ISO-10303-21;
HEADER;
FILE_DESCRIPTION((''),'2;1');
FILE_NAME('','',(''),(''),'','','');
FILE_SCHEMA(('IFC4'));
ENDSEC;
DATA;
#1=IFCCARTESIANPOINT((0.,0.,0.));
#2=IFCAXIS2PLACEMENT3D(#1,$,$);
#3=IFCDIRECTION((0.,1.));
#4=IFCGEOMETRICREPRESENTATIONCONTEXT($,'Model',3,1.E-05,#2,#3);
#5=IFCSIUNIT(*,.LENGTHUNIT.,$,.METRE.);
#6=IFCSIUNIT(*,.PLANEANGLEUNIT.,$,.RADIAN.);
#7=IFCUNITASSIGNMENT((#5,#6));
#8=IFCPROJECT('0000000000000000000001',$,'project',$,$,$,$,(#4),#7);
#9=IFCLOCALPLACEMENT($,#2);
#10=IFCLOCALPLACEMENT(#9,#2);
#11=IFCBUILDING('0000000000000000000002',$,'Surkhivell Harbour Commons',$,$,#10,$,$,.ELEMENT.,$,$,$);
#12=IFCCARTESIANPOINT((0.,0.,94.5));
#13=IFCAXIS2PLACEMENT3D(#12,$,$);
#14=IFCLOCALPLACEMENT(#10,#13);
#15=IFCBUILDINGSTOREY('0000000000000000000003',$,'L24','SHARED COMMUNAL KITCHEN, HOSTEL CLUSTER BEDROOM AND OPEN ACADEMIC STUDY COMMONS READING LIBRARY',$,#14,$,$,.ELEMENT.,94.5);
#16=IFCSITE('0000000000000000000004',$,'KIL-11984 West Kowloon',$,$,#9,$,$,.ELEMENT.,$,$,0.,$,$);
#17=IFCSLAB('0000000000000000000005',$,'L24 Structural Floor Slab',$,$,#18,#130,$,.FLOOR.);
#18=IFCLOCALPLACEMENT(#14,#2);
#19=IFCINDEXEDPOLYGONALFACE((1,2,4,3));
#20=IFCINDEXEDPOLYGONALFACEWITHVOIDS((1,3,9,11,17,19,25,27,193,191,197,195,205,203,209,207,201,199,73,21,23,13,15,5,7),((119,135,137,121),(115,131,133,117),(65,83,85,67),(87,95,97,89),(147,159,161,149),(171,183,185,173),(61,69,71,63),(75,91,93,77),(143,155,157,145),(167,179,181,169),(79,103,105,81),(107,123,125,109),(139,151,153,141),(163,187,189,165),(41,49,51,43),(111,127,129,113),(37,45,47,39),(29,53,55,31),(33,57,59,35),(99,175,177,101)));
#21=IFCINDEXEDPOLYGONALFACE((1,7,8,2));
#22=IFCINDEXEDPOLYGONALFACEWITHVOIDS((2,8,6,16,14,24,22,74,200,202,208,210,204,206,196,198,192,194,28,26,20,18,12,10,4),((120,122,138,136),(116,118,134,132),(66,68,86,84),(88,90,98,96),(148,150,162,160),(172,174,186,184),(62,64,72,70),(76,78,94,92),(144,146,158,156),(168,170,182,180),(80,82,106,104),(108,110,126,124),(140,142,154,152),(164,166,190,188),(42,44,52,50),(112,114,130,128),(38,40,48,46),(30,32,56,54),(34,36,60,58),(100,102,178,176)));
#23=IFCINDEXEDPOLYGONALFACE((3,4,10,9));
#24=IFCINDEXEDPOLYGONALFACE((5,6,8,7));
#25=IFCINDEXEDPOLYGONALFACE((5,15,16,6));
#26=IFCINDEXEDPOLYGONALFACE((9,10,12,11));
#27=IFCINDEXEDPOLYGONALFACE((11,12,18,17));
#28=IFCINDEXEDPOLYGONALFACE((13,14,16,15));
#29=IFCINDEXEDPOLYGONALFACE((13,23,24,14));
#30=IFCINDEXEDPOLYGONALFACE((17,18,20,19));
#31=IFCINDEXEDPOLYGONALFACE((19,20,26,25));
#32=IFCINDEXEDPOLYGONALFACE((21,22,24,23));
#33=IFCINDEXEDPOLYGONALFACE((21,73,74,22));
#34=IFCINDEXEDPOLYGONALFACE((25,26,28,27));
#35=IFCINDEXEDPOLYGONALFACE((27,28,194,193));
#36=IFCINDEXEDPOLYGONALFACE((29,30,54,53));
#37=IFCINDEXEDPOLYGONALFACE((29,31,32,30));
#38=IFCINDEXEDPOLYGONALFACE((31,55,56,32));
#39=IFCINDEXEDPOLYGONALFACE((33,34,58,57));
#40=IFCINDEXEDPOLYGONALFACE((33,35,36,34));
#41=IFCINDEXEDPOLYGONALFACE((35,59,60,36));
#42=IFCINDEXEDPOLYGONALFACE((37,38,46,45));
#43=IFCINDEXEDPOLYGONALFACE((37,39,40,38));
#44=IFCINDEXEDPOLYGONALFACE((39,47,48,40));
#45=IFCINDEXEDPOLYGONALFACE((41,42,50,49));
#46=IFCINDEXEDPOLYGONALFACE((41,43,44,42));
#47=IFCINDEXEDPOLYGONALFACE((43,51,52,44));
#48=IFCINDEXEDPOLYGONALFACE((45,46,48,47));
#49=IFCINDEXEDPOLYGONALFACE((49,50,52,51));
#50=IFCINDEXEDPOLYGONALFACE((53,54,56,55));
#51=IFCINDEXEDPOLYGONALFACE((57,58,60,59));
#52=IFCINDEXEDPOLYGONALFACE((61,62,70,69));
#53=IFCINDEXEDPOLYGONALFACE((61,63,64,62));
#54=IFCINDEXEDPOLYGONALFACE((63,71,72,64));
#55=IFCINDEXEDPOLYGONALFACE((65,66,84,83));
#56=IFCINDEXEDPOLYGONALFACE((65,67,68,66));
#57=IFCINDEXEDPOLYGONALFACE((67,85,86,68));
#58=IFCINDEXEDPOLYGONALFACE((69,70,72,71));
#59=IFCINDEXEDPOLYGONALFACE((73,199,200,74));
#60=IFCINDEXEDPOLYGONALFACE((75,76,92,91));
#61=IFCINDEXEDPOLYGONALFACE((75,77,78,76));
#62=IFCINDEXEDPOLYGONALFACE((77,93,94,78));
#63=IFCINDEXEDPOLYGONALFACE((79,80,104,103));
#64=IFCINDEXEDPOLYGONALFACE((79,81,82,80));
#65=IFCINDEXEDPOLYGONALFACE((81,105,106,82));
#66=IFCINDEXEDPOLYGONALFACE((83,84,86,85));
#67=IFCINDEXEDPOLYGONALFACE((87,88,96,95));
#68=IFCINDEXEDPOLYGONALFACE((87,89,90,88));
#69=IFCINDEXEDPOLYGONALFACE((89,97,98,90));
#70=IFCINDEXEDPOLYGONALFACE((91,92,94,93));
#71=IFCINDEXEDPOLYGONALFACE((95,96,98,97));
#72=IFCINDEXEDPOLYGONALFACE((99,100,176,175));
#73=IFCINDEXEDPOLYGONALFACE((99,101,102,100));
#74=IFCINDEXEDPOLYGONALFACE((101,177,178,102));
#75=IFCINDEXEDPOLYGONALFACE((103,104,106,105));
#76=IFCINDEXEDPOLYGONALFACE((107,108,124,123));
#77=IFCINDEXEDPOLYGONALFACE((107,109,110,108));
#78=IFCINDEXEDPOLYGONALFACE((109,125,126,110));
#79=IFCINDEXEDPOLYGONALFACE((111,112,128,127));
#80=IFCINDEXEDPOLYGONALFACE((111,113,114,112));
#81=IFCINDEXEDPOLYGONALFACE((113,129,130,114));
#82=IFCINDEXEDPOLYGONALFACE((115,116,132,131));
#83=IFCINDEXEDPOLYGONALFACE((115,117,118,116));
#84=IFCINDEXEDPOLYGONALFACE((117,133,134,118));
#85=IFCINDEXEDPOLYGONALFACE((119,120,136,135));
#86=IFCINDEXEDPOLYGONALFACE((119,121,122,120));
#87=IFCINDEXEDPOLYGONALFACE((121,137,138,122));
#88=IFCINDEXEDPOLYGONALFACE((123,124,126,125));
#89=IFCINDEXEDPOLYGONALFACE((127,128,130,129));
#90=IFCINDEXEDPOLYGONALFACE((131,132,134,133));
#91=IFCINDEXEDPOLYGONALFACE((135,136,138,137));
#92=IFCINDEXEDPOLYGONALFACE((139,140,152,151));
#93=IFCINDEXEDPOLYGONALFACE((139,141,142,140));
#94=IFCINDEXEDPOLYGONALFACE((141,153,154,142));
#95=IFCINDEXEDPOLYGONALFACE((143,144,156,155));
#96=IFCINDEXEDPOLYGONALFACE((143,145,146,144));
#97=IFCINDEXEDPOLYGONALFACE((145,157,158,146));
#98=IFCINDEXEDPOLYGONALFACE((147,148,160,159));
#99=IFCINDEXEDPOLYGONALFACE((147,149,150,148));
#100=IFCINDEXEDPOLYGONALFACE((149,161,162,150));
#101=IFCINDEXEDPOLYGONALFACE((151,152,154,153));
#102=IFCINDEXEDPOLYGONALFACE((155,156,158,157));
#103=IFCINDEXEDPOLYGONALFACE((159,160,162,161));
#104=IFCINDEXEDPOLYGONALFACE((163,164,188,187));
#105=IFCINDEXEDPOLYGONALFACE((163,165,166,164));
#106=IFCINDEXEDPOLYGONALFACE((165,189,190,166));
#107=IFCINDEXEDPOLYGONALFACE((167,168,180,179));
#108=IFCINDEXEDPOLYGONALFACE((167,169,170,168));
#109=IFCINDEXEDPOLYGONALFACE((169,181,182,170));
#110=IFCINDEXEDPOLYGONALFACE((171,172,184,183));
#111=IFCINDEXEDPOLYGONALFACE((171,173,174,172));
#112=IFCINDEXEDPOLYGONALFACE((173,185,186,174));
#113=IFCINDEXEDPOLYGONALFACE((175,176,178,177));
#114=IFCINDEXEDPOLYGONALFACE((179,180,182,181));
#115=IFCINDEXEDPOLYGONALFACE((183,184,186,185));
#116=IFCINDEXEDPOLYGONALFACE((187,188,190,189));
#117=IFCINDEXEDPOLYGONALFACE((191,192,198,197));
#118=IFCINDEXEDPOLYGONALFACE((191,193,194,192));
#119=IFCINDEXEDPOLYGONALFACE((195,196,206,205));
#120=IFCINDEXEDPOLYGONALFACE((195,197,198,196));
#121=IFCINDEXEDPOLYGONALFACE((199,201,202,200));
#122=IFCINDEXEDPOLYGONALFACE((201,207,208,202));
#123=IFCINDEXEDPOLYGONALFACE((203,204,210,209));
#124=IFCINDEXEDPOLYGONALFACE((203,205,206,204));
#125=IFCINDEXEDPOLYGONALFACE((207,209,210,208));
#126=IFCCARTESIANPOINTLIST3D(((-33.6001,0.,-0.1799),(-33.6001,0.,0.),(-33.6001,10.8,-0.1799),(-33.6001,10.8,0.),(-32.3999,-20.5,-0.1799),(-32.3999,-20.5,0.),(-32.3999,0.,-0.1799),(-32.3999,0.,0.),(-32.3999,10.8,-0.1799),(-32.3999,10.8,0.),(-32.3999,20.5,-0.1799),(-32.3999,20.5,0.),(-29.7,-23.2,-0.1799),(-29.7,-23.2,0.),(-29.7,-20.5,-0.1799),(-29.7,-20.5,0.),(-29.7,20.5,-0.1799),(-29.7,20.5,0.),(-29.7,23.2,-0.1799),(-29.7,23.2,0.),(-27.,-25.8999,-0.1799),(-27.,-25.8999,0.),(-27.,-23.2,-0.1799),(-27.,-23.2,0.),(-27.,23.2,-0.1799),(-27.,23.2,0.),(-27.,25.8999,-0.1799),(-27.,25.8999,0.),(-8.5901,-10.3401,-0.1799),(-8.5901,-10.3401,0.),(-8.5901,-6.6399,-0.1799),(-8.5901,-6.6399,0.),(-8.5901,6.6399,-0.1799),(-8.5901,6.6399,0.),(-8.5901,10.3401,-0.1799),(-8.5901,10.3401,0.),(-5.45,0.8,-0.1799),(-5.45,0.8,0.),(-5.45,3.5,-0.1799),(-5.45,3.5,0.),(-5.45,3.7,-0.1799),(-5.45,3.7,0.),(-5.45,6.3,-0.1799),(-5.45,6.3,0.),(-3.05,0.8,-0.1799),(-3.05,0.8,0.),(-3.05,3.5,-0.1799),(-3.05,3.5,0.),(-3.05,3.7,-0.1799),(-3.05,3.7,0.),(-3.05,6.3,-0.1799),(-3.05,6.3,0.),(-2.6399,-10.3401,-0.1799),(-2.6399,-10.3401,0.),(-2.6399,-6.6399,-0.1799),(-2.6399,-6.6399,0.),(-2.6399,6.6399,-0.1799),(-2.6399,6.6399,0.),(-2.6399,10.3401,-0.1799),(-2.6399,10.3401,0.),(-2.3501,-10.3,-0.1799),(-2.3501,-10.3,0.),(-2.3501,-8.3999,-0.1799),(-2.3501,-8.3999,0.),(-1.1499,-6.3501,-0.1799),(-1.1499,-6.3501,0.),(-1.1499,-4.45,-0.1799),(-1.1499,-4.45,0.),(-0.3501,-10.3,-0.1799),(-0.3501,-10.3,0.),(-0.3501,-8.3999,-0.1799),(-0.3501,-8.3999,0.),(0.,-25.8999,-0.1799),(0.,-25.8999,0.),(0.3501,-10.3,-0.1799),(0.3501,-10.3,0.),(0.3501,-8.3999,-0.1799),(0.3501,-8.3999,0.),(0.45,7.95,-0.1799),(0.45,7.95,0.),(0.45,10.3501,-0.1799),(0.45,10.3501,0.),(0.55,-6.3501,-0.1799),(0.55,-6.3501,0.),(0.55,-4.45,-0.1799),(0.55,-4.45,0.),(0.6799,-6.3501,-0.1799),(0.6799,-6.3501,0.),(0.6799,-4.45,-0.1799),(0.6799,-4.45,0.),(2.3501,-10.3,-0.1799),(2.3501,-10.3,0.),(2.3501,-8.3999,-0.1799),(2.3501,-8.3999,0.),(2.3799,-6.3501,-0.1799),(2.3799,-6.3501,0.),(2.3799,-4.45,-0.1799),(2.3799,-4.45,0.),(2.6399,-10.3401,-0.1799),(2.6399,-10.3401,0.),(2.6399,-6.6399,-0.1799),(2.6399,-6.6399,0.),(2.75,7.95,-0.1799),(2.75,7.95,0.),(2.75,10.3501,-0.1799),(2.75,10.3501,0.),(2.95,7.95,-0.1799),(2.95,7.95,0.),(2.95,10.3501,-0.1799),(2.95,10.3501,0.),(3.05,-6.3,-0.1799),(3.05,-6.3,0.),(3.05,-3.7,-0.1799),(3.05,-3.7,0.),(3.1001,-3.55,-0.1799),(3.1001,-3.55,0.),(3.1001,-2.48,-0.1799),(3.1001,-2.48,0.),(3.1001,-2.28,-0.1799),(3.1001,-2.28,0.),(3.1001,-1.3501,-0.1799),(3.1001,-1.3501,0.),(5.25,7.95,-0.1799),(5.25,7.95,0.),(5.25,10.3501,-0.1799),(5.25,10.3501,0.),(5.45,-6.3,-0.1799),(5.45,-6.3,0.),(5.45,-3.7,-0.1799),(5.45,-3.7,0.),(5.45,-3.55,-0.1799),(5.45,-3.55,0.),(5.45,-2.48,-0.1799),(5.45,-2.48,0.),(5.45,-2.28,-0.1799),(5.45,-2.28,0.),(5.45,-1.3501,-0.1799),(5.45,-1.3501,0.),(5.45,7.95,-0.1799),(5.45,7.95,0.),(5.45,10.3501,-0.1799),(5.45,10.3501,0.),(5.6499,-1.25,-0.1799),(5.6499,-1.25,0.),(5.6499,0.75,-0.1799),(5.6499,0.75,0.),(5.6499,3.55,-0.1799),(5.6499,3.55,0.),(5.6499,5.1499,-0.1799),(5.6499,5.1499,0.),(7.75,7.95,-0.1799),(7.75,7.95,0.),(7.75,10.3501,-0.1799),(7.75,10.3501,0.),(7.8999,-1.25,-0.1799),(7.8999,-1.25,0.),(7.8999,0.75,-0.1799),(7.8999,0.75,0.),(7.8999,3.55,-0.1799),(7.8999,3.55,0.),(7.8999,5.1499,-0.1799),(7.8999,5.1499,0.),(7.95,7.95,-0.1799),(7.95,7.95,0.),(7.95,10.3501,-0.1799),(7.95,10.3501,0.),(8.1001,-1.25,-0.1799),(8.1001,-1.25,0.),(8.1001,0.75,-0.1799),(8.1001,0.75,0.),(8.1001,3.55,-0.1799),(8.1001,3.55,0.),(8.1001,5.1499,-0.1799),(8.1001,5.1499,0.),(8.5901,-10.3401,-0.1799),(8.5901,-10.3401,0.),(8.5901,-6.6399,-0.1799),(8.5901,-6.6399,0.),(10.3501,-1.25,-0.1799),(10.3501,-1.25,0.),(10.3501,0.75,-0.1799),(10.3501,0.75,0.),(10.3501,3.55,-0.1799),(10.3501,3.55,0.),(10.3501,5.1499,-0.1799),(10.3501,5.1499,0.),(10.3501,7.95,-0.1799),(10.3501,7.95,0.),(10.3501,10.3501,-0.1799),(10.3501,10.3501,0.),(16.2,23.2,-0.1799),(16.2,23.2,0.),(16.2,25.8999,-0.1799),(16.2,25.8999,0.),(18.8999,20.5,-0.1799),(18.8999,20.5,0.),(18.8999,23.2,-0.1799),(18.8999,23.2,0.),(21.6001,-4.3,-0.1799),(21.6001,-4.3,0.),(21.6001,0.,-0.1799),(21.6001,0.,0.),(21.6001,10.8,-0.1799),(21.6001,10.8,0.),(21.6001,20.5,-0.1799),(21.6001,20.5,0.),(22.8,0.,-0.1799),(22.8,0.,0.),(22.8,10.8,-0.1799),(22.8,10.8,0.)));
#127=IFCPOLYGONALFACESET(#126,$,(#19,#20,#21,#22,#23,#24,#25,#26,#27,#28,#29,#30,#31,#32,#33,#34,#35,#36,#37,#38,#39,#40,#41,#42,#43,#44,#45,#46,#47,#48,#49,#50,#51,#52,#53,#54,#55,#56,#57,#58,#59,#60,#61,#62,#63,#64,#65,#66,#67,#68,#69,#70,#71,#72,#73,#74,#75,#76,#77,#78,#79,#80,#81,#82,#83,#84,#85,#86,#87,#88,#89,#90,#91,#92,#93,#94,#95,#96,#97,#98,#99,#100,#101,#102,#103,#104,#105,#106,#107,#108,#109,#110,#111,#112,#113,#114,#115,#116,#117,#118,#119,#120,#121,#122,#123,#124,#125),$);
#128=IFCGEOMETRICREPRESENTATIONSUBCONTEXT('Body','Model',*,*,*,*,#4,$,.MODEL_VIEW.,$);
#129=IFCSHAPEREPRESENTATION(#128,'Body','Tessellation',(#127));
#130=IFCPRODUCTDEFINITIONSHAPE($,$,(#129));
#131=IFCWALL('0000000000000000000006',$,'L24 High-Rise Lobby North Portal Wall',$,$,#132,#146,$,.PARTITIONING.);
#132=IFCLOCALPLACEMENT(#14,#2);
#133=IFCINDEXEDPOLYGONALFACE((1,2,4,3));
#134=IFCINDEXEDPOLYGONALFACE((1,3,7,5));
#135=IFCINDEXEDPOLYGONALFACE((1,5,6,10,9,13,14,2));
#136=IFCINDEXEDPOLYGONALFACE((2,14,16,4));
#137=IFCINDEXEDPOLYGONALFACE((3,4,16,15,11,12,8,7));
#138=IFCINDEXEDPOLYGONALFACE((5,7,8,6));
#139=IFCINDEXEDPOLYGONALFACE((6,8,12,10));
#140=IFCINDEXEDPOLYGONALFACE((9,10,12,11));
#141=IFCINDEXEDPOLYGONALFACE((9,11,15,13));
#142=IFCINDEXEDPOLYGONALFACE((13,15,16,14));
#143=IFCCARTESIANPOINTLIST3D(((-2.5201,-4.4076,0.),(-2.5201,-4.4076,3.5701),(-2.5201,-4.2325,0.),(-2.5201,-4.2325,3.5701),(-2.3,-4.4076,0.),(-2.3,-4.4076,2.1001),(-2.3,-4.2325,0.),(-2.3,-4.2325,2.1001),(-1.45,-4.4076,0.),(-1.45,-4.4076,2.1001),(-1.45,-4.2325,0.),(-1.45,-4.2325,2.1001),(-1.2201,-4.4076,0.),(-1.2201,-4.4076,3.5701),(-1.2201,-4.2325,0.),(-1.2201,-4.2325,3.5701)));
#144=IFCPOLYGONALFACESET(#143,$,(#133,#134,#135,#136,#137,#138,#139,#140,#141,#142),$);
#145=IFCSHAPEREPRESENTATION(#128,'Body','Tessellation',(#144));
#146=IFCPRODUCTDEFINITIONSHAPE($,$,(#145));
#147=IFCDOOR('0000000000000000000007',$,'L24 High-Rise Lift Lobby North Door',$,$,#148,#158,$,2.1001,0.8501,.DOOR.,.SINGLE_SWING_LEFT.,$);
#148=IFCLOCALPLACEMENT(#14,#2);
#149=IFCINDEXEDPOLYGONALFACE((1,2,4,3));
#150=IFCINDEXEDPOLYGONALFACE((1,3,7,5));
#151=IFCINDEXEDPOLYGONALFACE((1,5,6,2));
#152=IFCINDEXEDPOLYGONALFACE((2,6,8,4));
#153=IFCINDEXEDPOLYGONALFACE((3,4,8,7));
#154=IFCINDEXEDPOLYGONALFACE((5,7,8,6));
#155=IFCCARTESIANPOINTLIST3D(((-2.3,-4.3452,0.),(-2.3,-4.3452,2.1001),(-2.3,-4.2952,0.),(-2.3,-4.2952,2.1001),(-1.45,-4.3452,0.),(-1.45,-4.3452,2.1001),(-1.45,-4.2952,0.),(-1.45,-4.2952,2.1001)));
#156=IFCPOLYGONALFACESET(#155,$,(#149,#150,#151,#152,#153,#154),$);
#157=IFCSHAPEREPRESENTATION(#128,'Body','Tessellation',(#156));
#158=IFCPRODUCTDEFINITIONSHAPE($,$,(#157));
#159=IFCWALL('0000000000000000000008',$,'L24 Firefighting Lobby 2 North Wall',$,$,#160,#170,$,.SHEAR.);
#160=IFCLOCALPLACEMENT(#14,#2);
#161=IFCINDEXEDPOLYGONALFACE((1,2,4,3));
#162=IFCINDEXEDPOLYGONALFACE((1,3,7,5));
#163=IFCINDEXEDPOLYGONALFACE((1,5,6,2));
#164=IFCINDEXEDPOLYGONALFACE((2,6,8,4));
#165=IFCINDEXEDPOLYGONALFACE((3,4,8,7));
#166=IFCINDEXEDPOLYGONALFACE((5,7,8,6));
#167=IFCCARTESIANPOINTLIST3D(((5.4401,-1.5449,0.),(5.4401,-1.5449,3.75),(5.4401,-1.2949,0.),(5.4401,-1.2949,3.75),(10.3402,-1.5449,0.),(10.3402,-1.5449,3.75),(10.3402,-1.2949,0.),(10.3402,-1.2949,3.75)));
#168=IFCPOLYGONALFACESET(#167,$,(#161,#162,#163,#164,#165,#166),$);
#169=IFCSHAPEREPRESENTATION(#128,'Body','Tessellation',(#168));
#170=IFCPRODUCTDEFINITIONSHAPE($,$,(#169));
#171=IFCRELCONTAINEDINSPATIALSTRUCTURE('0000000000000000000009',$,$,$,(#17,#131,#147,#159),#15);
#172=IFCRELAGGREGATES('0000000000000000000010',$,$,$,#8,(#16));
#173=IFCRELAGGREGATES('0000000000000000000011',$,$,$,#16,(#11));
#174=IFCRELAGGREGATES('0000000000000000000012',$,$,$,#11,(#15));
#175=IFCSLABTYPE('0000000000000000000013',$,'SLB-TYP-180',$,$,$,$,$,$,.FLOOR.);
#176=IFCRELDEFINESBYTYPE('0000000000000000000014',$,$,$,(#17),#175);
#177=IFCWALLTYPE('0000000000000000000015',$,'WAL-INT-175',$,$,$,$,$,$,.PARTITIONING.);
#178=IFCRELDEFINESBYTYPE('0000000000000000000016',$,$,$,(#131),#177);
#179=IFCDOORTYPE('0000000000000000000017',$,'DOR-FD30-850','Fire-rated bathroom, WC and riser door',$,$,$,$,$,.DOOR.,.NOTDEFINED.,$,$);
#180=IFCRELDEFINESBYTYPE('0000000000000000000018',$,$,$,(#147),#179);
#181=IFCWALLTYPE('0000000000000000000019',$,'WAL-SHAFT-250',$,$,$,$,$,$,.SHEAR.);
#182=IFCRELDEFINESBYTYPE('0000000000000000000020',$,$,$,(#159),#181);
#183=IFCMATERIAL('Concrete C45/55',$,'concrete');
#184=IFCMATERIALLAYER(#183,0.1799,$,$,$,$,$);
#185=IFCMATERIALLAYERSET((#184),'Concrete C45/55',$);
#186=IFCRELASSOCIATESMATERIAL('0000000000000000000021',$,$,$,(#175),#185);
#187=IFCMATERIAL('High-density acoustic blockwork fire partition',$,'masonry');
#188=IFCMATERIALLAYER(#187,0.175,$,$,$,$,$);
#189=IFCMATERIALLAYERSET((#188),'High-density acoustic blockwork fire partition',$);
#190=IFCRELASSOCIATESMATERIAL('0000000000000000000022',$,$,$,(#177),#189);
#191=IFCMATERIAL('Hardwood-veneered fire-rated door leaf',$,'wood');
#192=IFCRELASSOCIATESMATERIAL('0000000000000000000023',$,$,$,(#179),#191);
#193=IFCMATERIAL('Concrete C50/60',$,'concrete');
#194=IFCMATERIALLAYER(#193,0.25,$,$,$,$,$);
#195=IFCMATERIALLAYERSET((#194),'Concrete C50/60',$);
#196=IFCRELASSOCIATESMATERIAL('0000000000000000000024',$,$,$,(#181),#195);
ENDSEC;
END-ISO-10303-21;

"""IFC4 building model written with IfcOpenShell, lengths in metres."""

from ifc_helpers import new_model, si_unit, direction, frame, frame_2d, origin, place, context, subcontext, project, spatial, polyline, rectangle, outline, extrude, material, layer, layer_set, type_object, element, fill, save


model = new_model("IFC4")

# Units and contexts
model_context = context("Model", 3, precision=1e-05, world=origin(), true_north=direction((0.0, 1.0)))
body_context = subcontext(model_context, "Body", "Model", "MODEL_VIEW")
ifc_project = project(units=[si_unit("LENGTHUNIT", "METRE"), si_unit("PLANEANGLEUNIT", "RADIAN")], contexts=[model_context])

# Site, building, storey
site_placement = place(None, origin())
site = spatial("IfcSite", under=ifc_project, at=site_placement, Name="KIL-11984 West Kowloon", CompositionType="ELEMENT", RefElevation=0.0)
building_placement = place(site_placement, origin())
building = spatial("IfcBuilding", under=site, at=building_placement, Name="Surkhivell Harbour Commons", CompositionType="ELEMENT")
storey_placement = place(building_placement, frame((0.0, 0.0, 94.5)))
storey = spatial("IfcBuildingStorey", under=building, at=storey_placement, Name="L24", Description="SHARED COMMUNAL KITCHEN, HOSTEL CLUSTER BEDROOM AND OPEN ACADEMIC STUDY COMMONS READING LIBRARY", CompositionType="ELEMENT", Elevation=94.5)

# Shared definitions
ifc_material_1 = material(Name="Concrete C45/55", Category="concrete")

# Slab
ifc_layer_1 = layer(ifc_material_1, 0.1799)
ifc_layer_set_1 = layer_set([ifc_layer_1], Name="Concrete C45/55")
slab_type_1 = type_object("IfcSlabType", Name="SLB-TYP-180", PredefinedType="FLOOR", material=ifc_layer_set_1)
slab_1_placement = place(storey_placement, frame((0.0, 0.0, -0.1799)))
element("IfcSlab", 1, at=slab_1_placement, inside=storey, type_object=slab_type_1, Name="L24 Structural Floor Slab", PredefinedType="FLOOR", context=body_context, shape_type="SweptSolid", body=[
    extrude(outline(polyline([(-32.3999, 20.5), (-32.3999, 10.8), (-33.6001, 10.8), (-33.6001, 0.0), (-32.3999, 0.0), (-32.3999, -20.5), (-29.7, -20.5), (-29.7, -23.2), (-27.0, -23.2), (-27.0, -25.8999), (0.0, -25.8999), (21.6001, -4.3), (21.6001, 0.0), (22.8, 0.0), (22.8, 10.8), (21.6001, 10.8), (21.6001, 20.5), (18.8999, 20.5), (18.8999, 23.2), (16.2, 23.2), (16.2, 25.8999), (-27.0, 25.8999), (-27.0, 23.2), (-29.7, 23.2), (-29.7, 20.5), (-32.3999, 20.5)]), holes=[polyline([(-8.5901, 6.6399), (-2.6399, 6.6399), (-2.6399, 10.3401), (-8.5901, 10.3401), (-8.5901, 6.6399)]), polyline([(8.5901, -6.6399), (2.6399, -6.6399), (2.6399, -10.3401), (8.5901, -10.3401), (8.5901, -6.6399)]), polyline([(-8.5901, -10.3401), (-2.6399, -10.3401), (-2.6399, -6.6399), (-8.5901, -6.6399), (-8.5901, -10.3401)]), polyline([(0.45, 7.95), (2.75, 7.95), (2.75, 10.3501), (0.45, 10.3501), (0.45, 7.95)]), polyline([(2.95, 7.95), (5.25, 7.95), (5.25, 10.3501), (2.95, 10.3501), (2.95, 7.95)]), polyline([(5.45, 7.95), (7.75, 7.95), (7.75, 10.3501), (5.45, 10.3501), (5.45, 7.95)]), polyline([(7.95, 7.95), (10.3501, 7.95), (10.3501, 10.3501), (7.95, 10.3501), (7.95, 7.95)]), polyline([(5.6499, 3.55), (7.8999, 3.55), (7.8999, 5.1499), (5.6499, 5.1499), (5.6499, 3.55)]), polyline([(8.1001, 3.55), (10.3501, 3.55), (10.3501, 5.1499), (8.1001, 5.1499), (8.1001, 3.55)]), polyline([(5.6499, -1.25), (7.8999, -1.25), (7.8999, 0.75), (5.6499, 0.75), (5.6499, -1.25)]), polyline([(8.1001, -1.25), (10.3501, -1.25), (10.3501, 0.75), (8.1001, 0.75), (8.1001, -1.25)]), polyline([(-1.1499, -6.3501), (0.55, -6.3501), (0.55, -4.45), (-1.1499, -4.45), (-1.1499, -6.3501)]), polyline([(0.6799, -6.3501), (2.3799, -6.3501), (2.3799, -4.45), (0.6799, -4.45), (0.6799, -6.3501)]), polyline([(-2.3501, -10.3), (-0.3501, -10.3), (-0.3501, -8.3999), (-2.3501, -8.3999), (-2.3501, -10.3)]), polyline([(0.3501, -10.3), (2.3501, -10.3), (2.3501, -8.3999), (0.3501, -8.3999), (0.3501, -10.3)]), polyline([(-5.45, 3.7), (-3.05, 3.7), (-3.05, 6.3), (-5.45, 6.3), (-5.45, 3.7)]), polyline([(3.05, -6.3), (5.45, -6.3), (5.45, -3.7), (3.05, -3.7), (3.05, -6.3)]), polyline([(-5.45, 0.8), (-3.05, 0.8), (-3.05, 3.5), (-5.45, 3.5), (-5.45, 0.8)]), polyline([(3.1001, -3.55), (5.45, -3.55), (5.45, -2.48), (3.1001, -2.48), (3.1001, -3.55)]), polyline([(3.1001, -2.28), (5.45, -2.28), (5.45, -1.3501), (3.1001, -1.3501), (3.1001, -2.28)])]), origin(), (0.0, 0.0, 1.0), 0.1799),
])

# Wall, opening, door
ifc_material_2 = material(Name="High-density acoustic blockwork fire partition", Category="masonry")
ifc_layer_2 = layer(ifc_material_2, 0.175)
ifc_layer_set_2 = layer_set([ifc_layer_2], Name="High-density acoustic blockwork fire partition")
wall_type_1 = type_object("IfcWallType", Name="WAL-INT-175", PredefinedType="PARTITIONING", material=ifc_layer_set_2)
wall_1_placement = place(storey_placement, frame((-2.52, -4.3201, 0.0), z_axis=(0.0, 0.0, 1.0), x_axis=(1.0, 0.0, 0.0)))
wall_1 = element("IfcWall", 2, at=wall_1_placement, inside=storey, type_object=wall_type_1, Name="L24 High-Rise Lobby North Portal Wall", PredefinedType="PARTITIONING", context=body_context, shape_type="SweptSolid", body=[
    extrude(rectangle(XDim=1.3, YDim=0.175, at=frame_2d((0.6499, 0.0))), origin(), (0.0, 0.0, 1.0), 3.5701),
])
opening_1_placement = place(wall_1_placement, frame((0.22, 0.0, 0.0)))
opening_1 = element("IfcOpeningElement", 3, at=opening_1_placement, cuts=wall_1, PredefinedType="OPENING", context=body_context, shape_type="SweptSolid", body=[
    extrude(rectangle(XDim=0.8501, YDim=2.1001, at=frame_2d((0.425, 1.05))), frame((0.0, 0.0974, 0.0), z_axis=(0.0, -1.0, 0.0), x_axis=(1.0, 0.0, 0.0)), (0.0, 0.0, 1.0), 0.1951),
])
ifc_material_3 = material(Name="Hardwood-veneered fire-rated door leaf", Category="wood")
door_type_1 = type_object("IfcDoorType", Name="DOR-FD30-850", Description="Fire-rated bathroom, WC and riser door", OperationType="NOTDEFINED", PredefinedType="DOOR", material=ifc_material_3)
door_1_placement = place(opening_1_placement, origin())
door_1 = element("IfcDoor", 4, at=door_1_placement, inside=storey, type_object=door_type_1, Name="L24 High-Rise Lift Lobby North Door", OperationType="SINGLE_SWING_LEFT", OverallHeight=2.1001, OverallWidth=0.8501, PredefinedType="DOOR", context=body_context, shape_type="SweptSolid", body=[
    extrude(rectangle(XDim=0.8501, YDim=2.1001, at=frame_2d((0.425, 1.05))), frame((0.0, 0.0249, 0.0), z_axis=(0.0, -1.0, 0.0), x_axis=(1.0, 0.0, 0.0)), (0.0, 0.0, 1.0), 0.05),
])
fill(opening_1, door_1)

# Wall
ifc_material_4 = material(Name="Concrete C50/60", Category="concrete")
ifc_layer_3 = layer(ifc_material_4, 0.25)
ifc_layer_set_3 = layer_set([ifc_layer_3], Name="Concrete C50/60")
wall_type_2 = type_object("IfcWallType", Name="WAL-SHAFT-250", PredefinedType="SHEAR", material=ifc_layer_set_3)
wall_2_placement = place(storey_placement, frame((5.4399, -1.4199, 0.0), z_axis=(0.0, 0.0, 1.0), x_axis=(1.0, 0.0, 0.0)))
element("IfcWall", 5, at=wall_2_placement, inside=storey, type_object=wall_type_2, Name="L24 Firefighting Lobby 2 North Wall", PredefinedType="SHEAR", context=body_context, shape_type="SweptSolid", body=[
    extrude(rectangle(XDim=4.9001, YDim=0.25, at=frame_2d((2.4502, 0.0))), origin(), (0.0, 0.0, 1.0), 3.75),
])

save(model, "model.ifc")
